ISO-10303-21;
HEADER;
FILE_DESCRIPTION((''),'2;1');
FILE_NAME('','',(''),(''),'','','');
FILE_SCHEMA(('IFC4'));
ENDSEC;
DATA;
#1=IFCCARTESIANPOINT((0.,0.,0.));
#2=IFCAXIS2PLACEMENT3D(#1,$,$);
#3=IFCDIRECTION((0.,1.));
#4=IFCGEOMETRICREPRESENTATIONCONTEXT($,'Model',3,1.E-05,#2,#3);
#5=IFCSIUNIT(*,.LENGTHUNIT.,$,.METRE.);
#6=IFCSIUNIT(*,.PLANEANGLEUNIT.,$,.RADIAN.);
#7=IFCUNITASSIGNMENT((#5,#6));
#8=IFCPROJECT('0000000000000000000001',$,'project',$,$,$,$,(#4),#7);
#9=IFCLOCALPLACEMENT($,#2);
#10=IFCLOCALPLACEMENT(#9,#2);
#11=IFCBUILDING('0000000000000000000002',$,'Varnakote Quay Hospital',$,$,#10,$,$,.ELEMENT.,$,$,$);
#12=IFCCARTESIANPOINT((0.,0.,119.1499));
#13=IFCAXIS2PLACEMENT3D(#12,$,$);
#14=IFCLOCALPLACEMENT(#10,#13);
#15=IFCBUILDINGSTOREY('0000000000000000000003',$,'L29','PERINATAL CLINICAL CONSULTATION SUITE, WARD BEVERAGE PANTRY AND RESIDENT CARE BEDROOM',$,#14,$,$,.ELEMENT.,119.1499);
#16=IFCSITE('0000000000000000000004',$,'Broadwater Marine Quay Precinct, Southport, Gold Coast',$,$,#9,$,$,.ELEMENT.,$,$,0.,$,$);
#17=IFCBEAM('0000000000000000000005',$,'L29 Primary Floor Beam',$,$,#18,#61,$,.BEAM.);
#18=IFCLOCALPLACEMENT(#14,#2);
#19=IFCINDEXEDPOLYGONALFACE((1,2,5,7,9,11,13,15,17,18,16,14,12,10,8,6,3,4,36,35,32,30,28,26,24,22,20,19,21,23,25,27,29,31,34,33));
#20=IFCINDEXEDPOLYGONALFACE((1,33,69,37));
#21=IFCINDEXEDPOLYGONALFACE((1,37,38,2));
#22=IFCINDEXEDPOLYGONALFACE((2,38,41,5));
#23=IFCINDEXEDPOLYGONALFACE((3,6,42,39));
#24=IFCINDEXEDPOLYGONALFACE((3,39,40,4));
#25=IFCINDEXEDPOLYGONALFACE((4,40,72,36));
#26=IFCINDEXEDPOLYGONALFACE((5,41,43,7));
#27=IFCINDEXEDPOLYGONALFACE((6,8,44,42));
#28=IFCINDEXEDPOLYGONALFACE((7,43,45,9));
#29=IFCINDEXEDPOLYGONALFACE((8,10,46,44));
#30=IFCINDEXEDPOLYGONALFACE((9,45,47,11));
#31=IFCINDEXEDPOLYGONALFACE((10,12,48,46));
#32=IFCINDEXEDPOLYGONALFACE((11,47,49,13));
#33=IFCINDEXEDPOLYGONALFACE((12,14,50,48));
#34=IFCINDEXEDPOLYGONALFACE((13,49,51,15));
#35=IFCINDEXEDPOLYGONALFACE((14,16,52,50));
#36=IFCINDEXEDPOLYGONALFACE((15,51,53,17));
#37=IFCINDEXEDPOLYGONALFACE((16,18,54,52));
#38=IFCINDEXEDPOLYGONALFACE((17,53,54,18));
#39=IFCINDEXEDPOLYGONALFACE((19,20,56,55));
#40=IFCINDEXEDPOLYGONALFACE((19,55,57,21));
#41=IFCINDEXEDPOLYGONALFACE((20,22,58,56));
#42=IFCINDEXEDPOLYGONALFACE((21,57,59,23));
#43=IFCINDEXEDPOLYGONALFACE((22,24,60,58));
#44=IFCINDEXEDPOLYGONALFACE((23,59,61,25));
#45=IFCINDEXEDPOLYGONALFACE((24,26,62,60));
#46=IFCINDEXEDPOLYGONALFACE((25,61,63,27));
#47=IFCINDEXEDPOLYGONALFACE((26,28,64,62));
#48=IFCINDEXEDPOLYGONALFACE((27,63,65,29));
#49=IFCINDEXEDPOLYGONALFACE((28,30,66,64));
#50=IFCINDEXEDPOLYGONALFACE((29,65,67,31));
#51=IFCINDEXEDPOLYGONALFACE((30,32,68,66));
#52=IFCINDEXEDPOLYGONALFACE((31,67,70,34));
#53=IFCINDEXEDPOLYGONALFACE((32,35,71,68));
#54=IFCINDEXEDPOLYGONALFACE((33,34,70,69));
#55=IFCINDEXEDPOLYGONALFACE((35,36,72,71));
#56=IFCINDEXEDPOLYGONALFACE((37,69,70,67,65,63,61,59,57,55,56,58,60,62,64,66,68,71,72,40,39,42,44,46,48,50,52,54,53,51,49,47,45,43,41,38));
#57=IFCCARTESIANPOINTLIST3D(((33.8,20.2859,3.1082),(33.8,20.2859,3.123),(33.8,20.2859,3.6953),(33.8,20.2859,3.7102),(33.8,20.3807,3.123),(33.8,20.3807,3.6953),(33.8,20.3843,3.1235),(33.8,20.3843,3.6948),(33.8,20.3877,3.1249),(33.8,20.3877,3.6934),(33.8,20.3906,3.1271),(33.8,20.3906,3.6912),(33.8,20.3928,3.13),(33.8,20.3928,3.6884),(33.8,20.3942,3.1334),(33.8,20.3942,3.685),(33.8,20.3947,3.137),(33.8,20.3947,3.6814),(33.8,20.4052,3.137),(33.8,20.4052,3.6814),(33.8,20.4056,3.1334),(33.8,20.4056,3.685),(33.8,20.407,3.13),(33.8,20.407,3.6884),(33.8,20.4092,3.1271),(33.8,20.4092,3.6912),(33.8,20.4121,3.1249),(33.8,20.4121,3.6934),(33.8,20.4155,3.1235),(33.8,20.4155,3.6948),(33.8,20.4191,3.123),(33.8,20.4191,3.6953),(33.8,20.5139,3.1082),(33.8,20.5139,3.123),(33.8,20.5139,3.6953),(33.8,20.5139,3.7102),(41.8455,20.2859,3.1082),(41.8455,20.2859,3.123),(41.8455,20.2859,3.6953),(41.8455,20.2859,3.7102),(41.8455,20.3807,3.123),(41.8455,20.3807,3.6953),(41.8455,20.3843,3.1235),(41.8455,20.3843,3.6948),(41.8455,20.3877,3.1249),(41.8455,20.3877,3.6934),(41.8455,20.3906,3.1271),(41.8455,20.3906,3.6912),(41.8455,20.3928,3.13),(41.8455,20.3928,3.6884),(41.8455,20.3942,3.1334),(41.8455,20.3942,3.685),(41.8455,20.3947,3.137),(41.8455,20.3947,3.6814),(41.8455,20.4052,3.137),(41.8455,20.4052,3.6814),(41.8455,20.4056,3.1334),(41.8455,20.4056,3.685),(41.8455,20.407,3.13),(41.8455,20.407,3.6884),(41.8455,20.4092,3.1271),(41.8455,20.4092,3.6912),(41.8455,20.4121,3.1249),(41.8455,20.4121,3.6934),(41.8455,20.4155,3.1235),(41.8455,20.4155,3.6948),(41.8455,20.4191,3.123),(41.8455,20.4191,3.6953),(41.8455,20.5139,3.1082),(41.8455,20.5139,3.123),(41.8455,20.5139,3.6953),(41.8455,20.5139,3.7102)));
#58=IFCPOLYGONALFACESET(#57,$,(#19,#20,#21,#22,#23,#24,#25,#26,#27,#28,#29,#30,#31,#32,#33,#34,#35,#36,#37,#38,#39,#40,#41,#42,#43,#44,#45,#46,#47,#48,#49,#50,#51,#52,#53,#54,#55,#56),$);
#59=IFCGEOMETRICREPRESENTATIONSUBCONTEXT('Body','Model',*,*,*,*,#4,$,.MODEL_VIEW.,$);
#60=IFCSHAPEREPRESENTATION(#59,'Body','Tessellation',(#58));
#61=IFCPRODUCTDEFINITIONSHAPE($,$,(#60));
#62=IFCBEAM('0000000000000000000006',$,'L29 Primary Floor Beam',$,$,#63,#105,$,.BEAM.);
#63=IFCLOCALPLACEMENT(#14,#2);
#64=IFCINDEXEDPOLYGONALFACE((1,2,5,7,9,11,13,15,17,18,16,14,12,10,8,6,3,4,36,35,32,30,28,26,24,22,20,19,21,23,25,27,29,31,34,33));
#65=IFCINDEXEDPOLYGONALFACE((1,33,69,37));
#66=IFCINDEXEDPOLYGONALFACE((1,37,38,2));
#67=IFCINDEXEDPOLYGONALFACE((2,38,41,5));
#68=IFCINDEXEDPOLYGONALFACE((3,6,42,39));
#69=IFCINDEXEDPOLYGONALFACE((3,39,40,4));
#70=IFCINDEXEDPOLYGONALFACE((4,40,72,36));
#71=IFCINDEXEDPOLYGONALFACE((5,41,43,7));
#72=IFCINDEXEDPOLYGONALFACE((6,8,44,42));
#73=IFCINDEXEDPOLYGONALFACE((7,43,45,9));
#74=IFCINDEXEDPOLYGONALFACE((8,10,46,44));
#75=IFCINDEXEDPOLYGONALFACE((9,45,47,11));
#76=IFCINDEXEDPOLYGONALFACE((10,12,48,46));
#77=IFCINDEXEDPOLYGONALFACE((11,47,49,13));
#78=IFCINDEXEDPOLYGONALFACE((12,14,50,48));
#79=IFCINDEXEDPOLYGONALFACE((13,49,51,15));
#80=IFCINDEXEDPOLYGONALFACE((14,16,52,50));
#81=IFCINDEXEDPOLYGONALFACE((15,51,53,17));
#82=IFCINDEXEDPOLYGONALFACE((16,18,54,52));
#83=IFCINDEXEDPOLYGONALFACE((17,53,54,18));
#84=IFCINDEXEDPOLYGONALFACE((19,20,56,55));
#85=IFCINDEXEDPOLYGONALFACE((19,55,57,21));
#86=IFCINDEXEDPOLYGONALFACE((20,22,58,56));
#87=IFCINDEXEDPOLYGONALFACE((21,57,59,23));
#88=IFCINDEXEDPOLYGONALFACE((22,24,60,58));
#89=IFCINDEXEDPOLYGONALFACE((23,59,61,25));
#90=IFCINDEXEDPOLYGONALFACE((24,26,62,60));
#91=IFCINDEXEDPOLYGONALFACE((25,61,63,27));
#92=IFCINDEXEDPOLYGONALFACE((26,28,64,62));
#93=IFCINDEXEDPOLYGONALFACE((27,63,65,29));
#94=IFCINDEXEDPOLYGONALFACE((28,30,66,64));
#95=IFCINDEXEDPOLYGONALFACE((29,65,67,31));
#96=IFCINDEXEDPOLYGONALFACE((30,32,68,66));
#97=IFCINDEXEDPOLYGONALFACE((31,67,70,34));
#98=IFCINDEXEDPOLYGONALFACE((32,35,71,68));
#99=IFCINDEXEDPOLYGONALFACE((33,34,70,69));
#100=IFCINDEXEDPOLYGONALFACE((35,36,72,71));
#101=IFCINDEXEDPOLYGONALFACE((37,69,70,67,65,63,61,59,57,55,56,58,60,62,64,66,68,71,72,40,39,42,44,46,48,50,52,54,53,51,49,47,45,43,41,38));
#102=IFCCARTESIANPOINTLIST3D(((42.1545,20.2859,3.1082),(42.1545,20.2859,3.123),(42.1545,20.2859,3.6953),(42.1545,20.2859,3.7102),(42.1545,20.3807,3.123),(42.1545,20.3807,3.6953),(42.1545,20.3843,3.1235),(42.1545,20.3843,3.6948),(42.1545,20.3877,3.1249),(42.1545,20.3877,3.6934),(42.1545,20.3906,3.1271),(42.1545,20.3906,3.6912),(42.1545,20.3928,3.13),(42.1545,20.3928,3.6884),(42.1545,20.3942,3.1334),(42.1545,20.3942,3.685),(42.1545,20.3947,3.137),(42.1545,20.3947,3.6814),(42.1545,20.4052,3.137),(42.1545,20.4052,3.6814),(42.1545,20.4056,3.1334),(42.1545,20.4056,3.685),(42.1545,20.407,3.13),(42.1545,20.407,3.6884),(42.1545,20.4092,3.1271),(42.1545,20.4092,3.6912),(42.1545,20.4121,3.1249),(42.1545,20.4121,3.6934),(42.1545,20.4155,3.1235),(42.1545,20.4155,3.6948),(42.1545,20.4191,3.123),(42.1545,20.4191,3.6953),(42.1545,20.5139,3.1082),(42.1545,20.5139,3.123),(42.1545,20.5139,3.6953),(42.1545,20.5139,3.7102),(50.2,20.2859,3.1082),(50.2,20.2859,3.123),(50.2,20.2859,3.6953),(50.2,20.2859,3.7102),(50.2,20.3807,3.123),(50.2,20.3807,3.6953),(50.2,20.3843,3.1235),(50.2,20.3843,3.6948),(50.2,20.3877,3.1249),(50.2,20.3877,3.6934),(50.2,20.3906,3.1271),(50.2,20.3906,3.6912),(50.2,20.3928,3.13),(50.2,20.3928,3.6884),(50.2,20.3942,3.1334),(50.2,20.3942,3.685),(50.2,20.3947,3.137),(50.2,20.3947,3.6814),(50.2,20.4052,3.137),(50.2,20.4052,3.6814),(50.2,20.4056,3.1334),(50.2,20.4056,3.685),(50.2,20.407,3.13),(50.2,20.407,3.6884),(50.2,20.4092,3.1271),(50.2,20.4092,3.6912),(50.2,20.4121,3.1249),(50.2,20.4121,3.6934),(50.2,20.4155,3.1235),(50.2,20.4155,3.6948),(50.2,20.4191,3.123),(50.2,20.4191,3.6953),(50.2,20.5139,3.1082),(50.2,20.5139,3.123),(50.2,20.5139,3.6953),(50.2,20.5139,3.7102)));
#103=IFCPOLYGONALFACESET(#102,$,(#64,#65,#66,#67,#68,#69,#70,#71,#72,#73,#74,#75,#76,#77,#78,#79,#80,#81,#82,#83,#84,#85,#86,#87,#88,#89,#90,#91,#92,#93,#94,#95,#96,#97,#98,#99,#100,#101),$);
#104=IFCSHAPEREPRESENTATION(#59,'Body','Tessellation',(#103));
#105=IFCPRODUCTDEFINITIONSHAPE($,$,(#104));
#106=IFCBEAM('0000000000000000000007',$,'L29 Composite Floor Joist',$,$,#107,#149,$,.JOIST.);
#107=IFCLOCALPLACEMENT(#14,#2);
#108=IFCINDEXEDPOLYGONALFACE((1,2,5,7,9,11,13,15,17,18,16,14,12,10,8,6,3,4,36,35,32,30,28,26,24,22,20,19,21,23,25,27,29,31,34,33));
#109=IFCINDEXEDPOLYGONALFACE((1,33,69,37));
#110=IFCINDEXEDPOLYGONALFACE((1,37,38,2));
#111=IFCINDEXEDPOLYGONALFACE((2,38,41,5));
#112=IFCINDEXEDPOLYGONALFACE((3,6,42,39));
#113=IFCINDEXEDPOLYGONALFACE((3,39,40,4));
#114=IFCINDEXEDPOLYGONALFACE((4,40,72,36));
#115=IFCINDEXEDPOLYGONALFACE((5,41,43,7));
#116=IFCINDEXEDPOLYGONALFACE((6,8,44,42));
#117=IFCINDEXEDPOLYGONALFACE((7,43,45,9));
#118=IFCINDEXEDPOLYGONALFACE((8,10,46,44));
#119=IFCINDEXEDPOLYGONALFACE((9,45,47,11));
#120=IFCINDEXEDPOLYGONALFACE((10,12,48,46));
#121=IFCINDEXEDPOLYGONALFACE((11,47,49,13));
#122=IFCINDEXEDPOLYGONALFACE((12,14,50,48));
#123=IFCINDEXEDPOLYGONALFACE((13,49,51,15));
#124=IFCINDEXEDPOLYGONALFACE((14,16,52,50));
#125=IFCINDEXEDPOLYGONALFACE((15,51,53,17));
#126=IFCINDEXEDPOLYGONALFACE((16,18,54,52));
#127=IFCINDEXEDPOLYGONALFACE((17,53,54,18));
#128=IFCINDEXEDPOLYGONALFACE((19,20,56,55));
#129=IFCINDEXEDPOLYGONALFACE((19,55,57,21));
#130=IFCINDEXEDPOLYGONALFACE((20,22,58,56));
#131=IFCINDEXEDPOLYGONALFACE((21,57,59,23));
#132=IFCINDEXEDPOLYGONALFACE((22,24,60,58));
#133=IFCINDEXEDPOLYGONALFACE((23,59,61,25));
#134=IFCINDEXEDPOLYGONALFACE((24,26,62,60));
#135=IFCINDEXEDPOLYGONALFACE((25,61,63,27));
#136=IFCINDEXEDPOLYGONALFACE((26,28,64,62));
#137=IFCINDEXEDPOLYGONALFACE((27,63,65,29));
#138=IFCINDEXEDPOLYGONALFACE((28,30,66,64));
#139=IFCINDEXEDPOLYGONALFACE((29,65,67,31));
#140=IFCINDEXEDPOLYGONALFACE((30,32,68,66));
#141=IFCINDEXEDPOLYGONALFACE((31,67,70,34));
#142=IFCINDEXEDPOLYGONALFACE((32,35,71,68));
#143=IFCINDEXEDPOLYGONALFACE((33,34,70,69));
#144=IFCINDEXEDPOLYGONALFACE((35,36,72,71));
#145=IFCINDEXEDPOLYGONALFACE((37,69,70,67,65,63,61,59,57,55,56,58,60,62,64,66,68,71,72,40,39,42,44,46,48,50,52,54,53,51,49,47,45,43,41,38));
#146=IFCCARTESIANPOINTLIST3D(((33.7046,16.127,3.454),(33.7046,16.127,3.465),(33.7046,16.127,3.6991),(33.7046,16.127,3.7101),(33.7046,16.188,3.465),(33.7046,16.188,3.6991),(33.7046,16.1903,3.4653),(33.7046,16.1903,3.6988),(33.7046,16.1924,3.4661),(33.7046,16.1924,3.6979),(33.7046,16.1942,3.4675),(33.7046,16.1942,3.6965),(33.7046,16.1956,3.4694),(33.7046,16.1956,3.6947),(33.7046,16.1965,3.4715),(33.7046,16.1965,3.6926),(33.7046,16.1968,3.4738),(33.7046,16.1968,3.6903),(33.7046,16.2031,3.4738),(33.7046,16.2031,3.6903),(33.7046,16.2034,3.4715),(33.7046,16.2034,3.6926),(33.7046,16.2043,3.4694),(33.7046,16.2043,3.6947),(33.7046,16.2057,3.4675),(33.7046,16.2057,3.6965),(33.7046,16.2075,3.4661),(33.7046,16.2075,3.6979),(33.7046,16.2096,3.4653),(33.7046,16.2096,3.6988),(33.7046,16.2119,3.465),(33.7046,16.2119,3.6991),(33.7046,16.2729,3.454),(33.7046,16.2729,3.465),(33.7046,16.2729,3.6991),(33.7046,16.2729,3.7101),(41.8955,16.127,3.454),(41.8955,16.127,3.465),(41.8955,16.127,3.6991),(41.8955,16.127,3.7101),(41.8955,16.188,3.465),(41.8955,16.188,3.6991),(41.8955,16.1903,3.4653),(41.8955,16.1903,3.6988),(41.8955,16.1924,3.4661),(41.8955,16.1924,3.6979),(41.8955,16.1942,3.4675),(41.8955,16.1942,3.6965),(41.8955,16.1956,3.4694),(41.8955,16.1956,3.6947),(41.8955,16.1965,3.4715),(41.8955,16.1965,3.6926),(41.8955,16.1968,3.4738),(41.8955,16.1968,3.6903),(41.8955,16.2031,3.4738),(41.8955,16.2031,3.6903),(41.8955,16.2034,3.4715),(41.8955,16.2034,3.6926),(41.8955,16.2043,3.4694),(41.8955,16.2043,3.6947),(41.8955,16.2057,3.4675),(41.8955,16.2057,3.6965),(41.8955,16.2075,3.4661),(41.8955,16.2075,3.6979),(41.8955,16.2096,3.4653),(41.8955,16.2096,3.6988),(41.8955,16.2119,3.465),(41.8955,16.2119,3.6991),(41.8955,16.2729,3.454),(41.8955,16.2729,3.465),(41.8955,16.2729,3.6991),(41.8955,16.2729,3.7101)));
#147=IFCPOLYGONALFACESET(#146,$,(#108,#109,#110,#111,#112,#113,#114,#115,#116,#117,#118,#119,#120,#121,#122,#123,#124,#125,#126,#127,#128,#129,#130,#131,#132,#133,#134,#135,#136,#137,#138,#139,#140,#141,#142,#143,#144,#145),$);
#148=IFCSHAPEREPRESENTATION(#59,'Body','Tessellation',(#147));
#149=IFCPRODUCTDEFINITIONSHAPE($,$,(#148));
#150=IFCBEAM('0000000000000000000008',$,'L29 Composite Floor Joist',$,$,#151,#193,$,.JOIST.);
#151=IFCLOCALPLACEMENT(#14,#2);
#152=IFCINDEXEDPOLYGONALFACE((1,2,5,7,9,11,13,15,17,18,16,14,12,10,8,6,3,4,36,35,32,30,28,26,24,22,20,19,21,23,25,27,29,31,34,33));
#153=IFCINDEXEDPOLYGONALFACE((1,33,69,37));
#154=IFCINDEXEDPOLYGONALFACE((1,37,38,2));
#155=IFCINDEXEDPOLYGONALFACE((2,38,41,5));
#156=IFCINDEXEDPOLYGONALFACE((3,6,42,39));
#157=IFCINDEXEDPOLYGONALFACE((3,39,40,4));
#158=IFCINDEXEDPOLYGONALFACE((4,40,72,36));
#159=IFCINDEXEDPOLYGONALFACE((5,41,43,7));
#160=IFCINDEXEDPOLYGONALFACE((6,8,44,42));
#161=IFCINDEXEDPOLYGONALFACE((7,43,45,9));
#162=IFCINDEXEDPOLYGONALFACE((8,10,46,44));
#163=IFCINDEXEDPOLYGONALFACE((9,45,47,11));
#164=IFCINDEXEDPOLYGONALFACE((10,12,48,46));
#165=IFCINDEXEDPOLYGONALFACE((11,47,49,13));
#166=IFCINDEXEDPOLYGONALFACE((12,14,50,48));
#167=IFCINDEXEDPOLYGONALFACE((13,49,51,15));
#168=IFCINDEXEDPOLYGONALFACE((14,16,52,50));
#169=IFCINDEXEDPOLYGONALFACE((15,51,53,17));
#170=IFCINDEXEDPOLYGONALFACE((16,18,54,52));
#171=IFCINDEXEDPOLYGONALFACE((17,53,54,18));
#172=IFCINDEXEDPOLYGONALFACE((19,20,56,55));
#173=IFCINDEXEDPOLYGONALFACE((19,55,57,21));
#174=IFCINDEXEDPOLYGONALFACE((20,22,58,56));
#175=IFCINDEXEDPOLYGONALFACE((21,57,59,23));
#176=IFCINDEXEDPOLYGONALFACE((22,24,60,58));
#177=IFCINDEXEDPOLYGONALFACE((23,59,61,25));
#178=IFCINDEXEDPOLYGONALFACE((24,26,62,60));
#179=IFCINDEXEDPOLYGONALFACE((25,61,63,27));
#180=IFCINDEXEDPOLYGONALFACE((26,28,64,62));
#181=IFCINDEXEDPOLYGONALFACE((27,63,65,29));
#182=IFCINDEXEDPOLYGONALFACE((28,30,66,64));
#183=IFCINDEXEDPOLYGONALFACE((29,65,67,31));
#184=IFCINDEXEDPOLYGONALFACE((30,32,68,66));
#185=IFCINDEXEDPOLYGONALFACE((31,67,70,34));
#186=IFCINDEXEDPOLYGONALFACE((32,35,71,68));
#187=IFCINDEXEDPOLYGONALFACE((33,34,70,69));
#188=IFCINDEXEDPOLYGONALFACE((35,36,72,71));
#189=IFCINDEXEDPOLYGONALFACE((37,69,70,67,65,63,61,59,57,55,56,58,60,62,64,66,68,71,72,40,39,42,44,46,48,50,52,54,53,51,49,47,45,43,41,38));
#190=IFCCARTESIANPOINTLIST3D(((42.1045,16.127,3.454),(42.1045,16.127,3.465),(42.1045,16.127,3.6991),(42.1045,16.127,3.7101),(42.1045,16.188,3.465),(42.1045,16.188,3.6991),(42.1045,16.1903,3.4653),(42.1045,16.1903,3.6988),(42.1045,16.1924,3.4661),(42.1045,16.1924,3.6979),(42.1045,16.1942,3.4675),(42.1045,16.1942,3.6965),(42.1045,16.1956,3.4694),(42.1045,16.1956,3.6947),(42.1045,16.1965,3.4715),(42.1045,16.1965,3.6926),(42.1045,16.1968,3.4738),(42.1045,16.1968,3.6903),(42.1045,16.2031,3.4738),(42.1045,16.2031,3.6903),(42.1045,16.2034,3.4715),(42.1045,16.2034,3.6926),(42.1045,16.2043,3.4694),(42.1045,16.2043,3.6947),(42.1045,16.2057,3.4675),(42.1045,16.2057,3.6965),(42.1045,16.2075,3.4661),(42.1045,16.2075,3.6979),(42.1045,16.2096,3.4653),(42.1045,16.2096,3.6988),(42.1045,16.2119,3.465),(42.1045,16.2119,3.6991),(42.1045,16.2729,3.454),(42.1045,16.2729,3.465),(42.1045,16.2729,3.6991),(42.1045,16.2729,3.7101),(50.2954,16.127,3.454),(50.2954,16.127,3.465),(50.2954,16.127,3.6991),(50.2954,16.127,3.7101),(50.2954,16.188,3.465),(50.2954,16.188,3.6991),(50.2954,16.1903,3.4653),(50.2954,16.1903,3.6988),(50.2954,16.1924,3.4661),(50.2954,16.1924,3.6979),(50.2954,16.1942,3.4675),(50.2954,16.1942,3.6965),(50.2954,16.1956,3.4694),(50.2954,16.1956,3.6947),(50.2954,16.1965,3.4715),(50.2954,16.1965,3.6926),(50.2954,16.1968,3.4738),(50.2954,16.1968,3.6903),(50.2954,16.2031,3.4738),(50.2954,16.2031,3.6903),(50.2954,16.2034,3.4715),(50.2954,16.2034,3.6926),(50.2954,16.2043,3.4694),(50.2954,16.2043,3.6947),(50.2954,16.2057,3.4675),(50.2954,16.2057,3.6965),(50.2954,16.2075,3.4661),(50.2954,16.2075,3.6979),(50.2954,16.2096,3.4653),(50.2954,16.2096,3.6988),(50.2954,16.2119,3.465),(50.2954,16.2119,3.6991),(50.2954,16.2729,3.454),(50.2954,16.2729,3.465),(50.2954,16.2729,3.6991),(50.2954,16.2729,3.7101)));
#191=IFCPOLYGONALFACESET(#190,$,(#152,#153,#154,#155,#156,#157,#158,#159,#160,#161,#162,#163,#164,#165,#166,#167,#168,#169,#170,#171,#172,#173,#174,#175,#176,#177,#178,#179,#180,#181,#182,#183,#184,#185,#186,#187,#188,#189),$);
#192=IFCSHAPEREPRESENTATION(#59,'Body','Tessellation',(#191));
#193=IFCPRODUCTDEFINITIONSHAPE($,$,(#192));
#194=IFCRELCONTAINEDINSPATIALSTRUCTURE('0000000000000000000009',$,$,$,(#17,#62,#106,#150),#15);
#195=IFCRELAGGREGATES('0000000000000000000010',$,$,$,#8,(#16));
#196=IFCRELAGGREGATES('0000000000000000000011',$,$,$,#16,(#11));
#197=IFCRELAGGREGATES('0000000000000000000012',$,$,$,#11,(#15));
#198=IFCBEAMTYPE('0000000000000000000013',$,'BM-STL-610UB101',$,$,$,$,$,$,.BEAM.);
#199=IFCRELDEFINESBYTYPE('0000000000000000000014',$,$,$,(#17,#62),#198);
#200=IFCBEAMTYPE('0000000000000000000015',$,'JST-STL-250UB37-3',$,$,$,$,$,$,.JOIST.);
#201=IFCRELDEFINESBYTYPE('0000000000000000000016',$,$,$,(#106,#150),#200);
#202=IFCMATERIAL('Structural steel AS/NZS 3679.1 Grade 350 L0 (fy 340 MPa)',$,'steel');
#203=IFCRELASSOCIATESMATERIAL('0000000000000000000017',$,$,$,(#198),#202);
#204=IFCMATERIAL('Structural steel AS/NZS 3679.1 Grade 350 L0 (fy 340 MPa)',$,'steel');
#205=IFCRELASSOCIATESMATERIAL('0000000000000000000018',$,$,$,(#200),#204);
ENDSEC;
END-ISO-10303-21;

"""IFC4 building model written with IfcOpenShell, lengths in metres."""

from ifc_helpers import new_model, si_unit, direction, frame, origin, origin_2d, place, context, subcontext, project, spatial, i_section, extrude, material, material_profile, profile_set, type_object, element, save


model = new_model("IFC4")

# Units and contexts
model_context = context("Model", 3, precision=1e-05, world=origin(), true_north=direction((0.0, 1.0)))
body_context = subcontext(model_context, "Body", "Model", "MODEL_VIEW")
ifc_project = project(units=[si_unit("LENGTHUNIT", "METRE"), si_unit("PLANEANGLEUNIT", "RADIAN")], contexts=[model_context])

# Site, building, storey
site_placement = place(None, origin())
site = spatial("IfcSite", under=ifc_project, at=site_placement, Name="Broadwater Marine Quay Precinct, Southport, Gold Coast", CompositionType="ELEMENT", RefElevation=0.0)
building_placement = place(site_placement, origin())
building = spatial("IfcBuilding", under=site, at=building_placement, Name="Varnakote Quay Hospital", CompositionType="ELEMENT")
storey_placement = place(building_placement, frame((0.0, 0.0, 119.1499)))
storey = spatial("IfcBuildingStorey", under=building, at=storey_placement, Name="L29", Description="PERINATAL CLINICAL CONSULTATION SUITE, WARD BEVERAGE PANTRY AND RESIDENT CARE BEDROOM", CompositionType="ELEMENT", Elevation=119.1499)

# Beams
ifc_material_1 = material(Name="Structural steel AS/NZS 3679.1 Grade 350 L0 (fy 340 MPa)", Category="steel")
ifc_material_profile_1 = material_profile(ifc_material_1, i_section(OverallWidth=0.228, OverallDepth=0.6021, WebThickness=0.0105, FlangeThickness=0.0149, FilletRadius=0.0139, at=origin_2d()), Name="610UB101")
ifc_profile_set_1 = profile_set([ifc_material_profile_1], Name="Structural steel AS/NZS 3679.1 Grade 350 L0 (fy 340 MPa)")
beam_type_1 = type_object("IfcBeamType", Name="BM-STL-610UB101", PredefinedType="BEAM", material=ifc_profile_set_1)
for number, where, z_axis, x_axis, name in (
    (1, (33.8, 20.3999, 3.4092), (1.0, 0.0, 0.0), (0.0, 1.0, 0.0), "L29 Primary Floor Beam"),
    (2, (42.1545, 20.3999, 3.4092), (1.0, 0.0, 0.0), (0.0, 1.0, 0.0), "L29 Primary Floor Beam"),
):
    element("IfcBeam", number, at=place(storey_placement, frame(where, z_axis=z_axis, x_axis=x_axis)), inside=storey, type_object=beam_type_1, Name=name, PredefinedType="BEAM", context=body_context, shape_type="SweptSolid", body=[
        extrude(i_section(OverallWidth=0.228, OverallDepth=0.6021, WebThickness=0.0105, FlangeThickness=0.0149, FilletRadius=0.0139, at=origin_2d()), origin(), (0.0, 0.0, 1.0), 8.0454),
    ])
ifc_material_2 = material(Name="Structural steel AS/NZS 3679.1 Grade 350 L0 (fy 340 MPa)", Category="steel")
ifc_material_profile_2 = material_profile(ifc_material_2, i_section(OverallWidth=0.146, OverallDepth=0.2561, WebThickness=0.0063, FlangeThickness=0.011, FilletRadius=0.0088, at=origin_2d()), Name="250UB37.3")
ifc_profile_set_2 = profile_set([ifc_material_profile_2], Name="Structural steel AS/NZS 3679.1 Grade 350 L0 (fy 340 MPa)")
beam_type_2 = type_object("IfcBeamType", Name="JST-STL-250UB37-3", PredefinedType="JOIST", material=ifc_profile_set_2)
for number, where, z_axis, x_axis, name in (
    (3, (33.7046, 16.2, 3.582), (1.0, 0.0, 0.0), (0.0, 1.0, 0.0), "L29 Composite Floor Joist"),
    (4, (42.1045, 16.2, 3.582), (1.0, 0.0, 0.0), (0.0, 1.0, 0.0), "L29 Composite Floor Joist"),
):
    element("IfcBeam", number, at=place(storey_placement, frame(where, z_axis=z_axis, x_axis=x_axis)), inside=storey, type_object=beam_type_2, Name=name, PredefinedType="JOIST", context=body_context, shape_type="SweptSolid", body=[
        extrude(i_section(OverallWidth=0.146, OverallDepth=0.2561, WebThickness=0.0063, FlangeThickness=0.011, FilletRadius=0.0088, at=origin_2d()), origin(), (0.0, 0.0, 1.0), 8.1909),
    ])

save(model, "model.ifc")
